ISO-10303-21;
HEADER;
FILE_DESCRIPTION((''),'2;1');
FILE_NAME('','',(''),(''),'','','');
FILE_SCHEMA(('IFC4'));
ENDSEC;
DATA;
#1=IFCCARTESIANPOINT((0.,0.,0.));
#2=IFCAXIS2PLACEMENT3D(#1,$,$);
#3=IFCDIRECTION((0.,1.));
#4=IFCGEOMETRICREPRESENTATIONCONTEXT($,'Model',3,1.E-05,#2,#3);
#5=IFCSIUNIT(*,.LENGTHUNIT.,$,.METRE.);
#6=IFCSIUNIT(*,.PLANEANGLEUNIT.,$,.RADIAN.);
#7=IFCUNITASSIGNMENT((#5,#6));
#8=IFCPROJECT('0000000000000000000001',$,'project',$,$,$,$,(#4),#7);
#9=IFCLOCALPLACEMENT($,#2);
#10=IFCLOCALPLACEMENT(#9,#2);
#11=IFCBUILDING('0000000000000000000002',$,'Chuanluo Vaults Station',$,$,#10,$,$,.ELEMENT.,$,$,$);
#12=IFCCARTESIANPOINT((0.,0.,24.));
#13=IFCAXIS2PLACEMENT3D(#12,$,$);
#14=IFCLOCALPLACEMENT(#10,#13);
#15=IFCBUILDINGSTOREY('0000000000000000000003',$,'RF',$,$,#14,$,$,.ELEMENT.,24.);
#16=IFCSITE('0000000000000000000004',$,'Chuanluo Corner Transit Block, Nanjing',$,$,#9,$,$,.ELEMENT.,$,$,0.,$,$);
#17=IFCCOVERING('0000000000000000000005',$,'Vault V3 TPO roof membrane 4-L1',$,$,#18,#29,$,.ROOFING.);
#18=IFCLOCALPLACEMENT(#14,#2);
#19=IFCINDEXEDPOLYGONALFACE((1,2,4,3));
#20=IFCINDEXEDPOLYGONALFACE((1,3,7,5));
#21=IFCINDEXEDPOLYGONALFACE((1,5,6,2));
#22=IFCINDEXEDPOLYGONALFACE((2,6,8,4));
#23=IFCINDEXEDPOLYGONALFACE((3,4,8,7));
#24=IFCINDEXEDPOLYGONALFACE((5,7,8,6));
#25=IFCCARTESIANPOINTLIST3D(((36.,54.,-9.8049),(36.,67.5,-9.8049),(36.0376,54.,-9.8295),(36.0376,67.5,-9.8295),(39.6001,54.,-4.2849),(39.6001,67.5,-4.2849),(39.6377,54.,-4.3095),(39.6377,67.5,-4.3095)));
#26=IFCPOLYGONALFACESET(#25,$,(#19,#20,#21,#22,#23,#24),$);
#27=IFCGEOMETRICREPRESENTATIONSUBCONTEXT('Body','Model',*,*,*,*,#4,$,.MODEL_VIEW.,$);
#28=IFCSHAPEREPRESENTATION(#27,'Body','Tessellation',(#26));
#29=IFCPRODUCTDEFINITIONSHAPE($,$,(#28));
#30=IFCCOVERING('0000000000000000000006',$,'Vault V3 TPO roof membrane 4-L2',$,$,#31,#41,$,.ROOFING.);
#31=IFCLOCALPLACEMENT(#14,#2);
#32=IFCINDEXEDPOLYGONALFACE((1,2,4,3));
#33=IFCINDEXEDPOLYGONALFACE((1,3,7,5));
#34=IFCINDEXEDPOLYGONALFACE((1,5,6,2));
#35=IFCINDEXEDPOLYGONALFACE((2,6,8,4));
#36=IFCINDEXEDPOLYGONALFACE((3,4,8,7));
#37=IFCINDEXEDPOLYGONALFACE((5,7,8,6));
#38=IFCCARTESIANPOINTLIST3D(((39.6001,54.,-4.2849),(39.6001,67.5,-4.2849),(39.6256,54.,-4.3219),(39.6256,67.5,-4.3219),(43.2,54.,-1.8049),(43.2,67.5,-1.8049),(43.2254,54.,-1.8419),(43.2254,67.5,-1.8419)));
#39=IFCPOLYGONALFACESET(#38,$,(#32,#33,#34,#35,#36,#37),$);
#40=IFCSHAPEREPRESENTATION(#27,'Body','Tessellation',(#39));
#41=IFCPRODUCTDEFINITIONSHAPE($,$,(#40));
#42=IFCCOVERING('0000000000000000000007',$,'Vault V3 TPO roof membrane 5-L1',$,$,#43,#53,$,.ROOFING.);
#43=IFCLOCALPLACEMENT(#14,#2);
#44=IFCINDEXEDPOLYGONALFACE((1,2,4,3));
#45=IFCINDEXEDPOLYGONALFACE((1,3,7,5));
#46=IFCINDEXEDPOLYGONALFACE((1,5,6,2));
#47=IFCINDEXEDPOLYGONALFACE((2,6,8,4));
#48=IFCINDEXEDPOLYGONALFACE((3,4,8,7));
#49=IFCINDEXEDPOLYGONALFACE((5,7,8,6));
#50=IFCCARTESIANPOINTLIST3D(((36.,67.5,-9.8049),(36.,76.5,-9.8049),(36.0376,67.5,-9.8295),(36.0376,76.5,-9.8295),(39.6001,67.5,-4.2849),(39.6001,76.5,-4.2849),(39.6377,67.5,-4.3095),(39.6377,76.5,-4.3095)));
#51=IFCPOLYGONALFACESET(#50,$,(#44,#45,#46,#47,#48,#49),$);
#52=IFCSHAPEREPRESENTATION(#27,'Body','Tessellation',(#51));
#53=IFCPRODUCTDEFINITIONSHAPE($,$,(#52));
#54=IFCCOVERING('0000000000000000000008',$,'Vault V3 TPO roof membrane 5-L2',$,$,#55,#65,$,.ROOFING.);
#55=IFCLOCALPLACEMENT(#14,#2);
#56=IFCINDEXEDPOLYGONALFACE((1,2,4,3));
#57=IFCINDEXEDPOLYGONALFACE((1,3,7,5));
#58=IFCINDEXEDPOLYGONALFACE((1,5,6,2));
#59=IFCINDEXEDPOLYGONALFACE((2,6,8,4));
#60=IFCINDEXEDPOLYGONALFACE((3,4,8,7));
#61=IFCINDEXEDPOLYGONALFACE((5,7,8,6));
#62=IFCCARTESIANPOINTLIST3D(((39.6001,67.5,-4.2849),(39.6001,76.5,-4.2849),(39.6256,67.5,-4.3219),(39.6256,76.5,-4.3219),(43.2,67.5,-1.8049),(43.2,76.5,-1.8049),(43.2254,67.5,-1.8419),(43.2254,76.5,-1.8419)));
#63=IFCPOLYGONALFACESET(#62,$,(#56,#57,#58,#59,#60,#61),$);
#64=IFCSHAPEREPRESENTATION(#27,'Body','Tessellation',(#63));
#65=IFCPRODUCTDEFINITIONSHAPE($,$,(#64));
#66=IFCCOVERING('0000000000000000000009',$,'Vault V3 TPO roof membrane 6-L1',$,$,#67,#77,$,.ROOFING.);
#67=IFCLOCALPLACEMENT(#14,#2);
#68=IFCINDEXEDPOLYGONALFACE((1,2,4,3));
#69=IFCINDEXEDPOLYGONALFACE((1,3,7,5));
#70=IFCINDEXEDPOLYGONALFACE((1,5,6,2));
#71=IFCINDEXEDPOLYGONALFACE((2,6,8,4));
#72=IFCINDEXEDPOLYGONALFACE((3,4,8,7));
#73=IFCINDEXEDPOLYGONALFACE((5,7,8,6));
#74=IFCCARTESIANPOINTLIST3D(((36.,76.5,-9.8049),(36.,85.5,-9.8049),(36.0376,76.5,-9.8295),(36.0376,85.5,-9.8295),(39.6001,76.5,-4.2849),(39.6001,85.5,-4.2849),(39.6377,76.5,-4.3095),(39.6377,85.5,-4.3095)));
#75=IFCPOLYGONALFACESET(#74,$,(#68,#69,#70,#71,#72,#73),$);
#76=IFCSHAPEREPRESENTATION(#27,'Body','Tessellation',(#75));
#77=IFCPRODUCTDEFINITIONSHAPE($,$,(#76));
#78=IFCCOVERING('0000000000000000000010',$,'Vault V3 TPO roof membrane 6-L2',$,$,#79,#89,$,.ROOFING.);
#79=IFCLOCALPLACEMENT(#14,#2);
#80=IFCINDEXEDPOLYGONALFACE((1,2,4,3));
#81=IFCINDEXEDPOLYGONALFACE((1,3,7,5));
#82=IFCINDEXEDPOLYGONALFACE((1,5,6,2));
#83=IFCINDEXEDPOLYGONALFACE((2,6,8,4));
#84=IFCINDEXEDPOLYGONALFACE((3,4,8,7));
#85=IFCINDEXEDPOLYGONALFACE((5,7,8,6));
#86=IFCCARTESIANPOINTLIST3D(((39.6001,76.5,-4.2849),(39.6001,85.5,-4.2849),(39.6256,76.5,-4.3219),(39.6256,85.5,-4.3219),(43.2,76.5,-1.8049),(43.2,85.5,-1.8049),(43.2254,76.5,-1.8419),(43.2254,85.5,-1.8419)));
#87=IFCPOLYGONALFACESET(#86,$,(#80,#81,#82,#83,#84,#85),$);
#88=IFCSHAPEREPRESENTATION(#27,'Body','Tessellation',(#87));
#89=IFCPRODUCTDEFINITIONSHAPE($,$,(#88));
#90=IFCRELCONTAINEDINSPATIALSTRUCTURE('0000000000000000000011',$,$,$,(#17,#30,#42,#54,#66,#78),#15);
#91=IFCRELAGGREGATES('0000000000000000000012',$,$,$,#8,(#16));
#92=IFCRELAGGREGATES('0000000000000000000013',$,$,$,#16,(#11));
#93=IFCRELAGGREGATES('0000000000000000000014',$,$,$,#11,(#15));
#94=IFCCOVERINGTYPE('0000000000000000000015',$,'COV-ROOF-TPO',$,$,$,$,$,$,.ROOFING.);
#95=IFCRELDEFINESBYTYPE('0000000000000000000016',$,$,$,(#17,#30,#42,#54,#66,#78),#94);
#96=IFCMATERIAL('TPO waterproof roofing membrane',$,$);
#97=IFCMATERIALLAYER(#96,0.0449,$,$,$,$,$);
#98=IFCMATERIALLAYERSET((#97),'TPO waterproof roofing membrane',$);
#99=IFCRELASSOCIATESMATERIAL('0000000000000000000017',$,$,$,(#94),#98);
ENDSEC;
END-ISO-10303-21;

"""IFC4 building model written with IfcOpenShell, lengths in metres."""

from ifc_helpers import new_model, si_unit, direction, frame, origin, place, context, subcontext, project, spatial, polyline, outline, extrude, material, layer, layer_set, type_object, element, save


model = new_model("IFC4")

# Units and contexts
model_context = context("Model", 3, precision=1e-05, world=origin(), true_north=direction((0.0, 1.0)))
body_context = subcontext(model_context, "Body", "Model", "MODEL_VIEW")
ifc_project = project(units=[si_unit("LENGTHUNIT", "METRE"), si_unit("PLANEANGLEUNIT", "RADIAN")], contexts=[model_context])

# Site, building, storey
site_placement = place(None, origin())
site = spatial("IfcSite", under=ifc_project, at=site_placement, Name="Chuanluo Corner Transit Block, Nanjing", CompositionType="ELEMENT", RefElevation=0.0)
building_placement = place(site_placement, origin())
building = spatial("IfcBuilding", under=site, at=building_placement, Name="Chuanluo Vaults Station", CompositionType="ELEMENT")
storey_placement = place(building_placement, frame((0.0, 0.0, 24.0)))
storey = spatial("IfcBuildingStorey", under=building, at=storey_placement, Name="RF", CompositionType="ELEMENT", Elevation=24.0)

# Coverings
ifc_material_1 = material(Name="TPO waterproof roofing membrane")
ifc_layer_1 = layer(ifc_material_1, 0.0449)
ifc_layer_set_1 = layer_set([ifc_layer_1], Name="TPO waterproof roofing membrane")
covering_type = type_object("IfcCoveringType", Name="COV-ROOF-TPO", PredefinedType="ROOFING", material=ifc_layer_set_1)
covering_1_placement = place(storey_placement, frame((36.0, 54.0, -9.8049), z_axis=(-0.837605, 0.0, 0.546277), x_axis=(0.546277, 0.0, 0.837605)))
element("IfcCovering", 1, at=covering_1_placement, inside=storey, type_object=covering_type, Name="Vault V3 TPO roof membrane 4-L1", PredefinedType="ROOFING", context=body_context, shape_type="SweptSolid", body=[
    extrude(outline(polyline([(0.0, 0.0), (6.5902, 0.0), (6.5902, 13.5), (0.0, 13.5), (0.0, 0.0)])), origin(), (0.0, 0.0, -1.0), 0.0449),
])
covering_2_placement = place(storey_placement, frame((39.6001, 54.0, -4.2849), z_axis=(-0.567318, 0.0, 0.823499), x_axis=(0.823499, 0.0, 0.567318)))
element("IfcCovering", 2, at=covering_2_placement, inside=storey, type_object=covering_type, Name="Vault V3 TPO roof membrane 4-L2", PredefinedType="ROOFING", context=body_context, shape_type="SweptSolid", body=[
    extrude(outline(polyline([(0.0, 0.0), (4.3714, 0.0), (4.3714, 13.5), (0.0, 13.5), (0.0, 0.0)])), origin(), (0.0, 0.0, -1.0), 0.0449),
])
covering_3_placement = place(storey_placement, frame((36.0, 67.5, -9.8049), z_axis=(-0.837605, 0.0, 0.546277), x_axis=(0.546277, 0.0, 0.837605)))
element("IfcCovering", 3, at=covering_3_placement, inside=storey, type_object=covering_type, Name="Vault V3 TPO roof membrane 5-L1", PredefinedType="ROOFING", context=body_context, shape_type="SweptSolid", body=[
    extrude(outline(polyline([(0.0, 0.0), (6.5902, 0.0), (6.5902, 9.0), (0.0, 9.0), (0.0, 0.0)])), origin(), (0.0, 0.0, -1.0), 0.0449),
])
covering_4_placement = place(storey_placement, frame((39.6001, 67.5, -4.2849), z_axis=(-0.567318, 0.0, 0.823499), x_axis=(0.823499, 0.0, 0.567318)))
element("IfcCovering", 4, at=covering_4_placement, inside=storey, type_object=covering_type, Name="Vault V3 TPO roof membrane 5-L2", PredefinedType="ROOFING", context=body_context, shape_type="SweptSolid", body=[
    extrude(outline(polyline([(0.0, 0.0), (4.3714, 0.0), (4.3714, 9.0), (0.0, 9.0), (0.0, 0.0)])), origin(), (0.0, 0.0, -1.0), 0.0449),
])
covering_5_placement = place(storey_placement, frame((36.0, 76.5, -9.8049), z_axis=(-0.837605, 0.0, 0.546277), x_axis=(0.546277, 0.0, 0.837605)))
element("IfcCovering", 5, at=covering_5_placement, inside=storey, type_object=covering_type, Name="Vault V3 TPO roof membrane 6-L1", PredefinedType="ROOFING", context=body_context, shape_type="SweptSolid", body=[
    extrude(outline(polyline([(0.0, 0.0), (6.5902, 0.0), (6.5902, 9.0), (0.0, 9.0), (0.0, 0.0)])), origin(), (0.0, 0.0, -1.0), 0.0449),
])
covering_6_placement = place(storey_placement, frame((39.6001, 76.5, -4.2849), z_axis=(-0.567318, 0.0, 0.823499), x_axis=(0.823499, 0.0, 0.567318)))
element("IfcCovering", 6, at=covering_6_placement, inside=storey, type_object=covering_type, Name="Vault V3 TPO roof membrane 6-L2", PredefinedType="ROOFING", context=body_context, shape_type="SweptSolid", body=[
    extrude(outline(polyline([(0.0, 0.0), (4.3714, 0.0), (4.3714, 9.0), (0.0, 9.0), (0.0, 0.0)])), origin(), (0.0, 0.0, -1.0), 0.0449),
])

save(model, "model.ifc")
